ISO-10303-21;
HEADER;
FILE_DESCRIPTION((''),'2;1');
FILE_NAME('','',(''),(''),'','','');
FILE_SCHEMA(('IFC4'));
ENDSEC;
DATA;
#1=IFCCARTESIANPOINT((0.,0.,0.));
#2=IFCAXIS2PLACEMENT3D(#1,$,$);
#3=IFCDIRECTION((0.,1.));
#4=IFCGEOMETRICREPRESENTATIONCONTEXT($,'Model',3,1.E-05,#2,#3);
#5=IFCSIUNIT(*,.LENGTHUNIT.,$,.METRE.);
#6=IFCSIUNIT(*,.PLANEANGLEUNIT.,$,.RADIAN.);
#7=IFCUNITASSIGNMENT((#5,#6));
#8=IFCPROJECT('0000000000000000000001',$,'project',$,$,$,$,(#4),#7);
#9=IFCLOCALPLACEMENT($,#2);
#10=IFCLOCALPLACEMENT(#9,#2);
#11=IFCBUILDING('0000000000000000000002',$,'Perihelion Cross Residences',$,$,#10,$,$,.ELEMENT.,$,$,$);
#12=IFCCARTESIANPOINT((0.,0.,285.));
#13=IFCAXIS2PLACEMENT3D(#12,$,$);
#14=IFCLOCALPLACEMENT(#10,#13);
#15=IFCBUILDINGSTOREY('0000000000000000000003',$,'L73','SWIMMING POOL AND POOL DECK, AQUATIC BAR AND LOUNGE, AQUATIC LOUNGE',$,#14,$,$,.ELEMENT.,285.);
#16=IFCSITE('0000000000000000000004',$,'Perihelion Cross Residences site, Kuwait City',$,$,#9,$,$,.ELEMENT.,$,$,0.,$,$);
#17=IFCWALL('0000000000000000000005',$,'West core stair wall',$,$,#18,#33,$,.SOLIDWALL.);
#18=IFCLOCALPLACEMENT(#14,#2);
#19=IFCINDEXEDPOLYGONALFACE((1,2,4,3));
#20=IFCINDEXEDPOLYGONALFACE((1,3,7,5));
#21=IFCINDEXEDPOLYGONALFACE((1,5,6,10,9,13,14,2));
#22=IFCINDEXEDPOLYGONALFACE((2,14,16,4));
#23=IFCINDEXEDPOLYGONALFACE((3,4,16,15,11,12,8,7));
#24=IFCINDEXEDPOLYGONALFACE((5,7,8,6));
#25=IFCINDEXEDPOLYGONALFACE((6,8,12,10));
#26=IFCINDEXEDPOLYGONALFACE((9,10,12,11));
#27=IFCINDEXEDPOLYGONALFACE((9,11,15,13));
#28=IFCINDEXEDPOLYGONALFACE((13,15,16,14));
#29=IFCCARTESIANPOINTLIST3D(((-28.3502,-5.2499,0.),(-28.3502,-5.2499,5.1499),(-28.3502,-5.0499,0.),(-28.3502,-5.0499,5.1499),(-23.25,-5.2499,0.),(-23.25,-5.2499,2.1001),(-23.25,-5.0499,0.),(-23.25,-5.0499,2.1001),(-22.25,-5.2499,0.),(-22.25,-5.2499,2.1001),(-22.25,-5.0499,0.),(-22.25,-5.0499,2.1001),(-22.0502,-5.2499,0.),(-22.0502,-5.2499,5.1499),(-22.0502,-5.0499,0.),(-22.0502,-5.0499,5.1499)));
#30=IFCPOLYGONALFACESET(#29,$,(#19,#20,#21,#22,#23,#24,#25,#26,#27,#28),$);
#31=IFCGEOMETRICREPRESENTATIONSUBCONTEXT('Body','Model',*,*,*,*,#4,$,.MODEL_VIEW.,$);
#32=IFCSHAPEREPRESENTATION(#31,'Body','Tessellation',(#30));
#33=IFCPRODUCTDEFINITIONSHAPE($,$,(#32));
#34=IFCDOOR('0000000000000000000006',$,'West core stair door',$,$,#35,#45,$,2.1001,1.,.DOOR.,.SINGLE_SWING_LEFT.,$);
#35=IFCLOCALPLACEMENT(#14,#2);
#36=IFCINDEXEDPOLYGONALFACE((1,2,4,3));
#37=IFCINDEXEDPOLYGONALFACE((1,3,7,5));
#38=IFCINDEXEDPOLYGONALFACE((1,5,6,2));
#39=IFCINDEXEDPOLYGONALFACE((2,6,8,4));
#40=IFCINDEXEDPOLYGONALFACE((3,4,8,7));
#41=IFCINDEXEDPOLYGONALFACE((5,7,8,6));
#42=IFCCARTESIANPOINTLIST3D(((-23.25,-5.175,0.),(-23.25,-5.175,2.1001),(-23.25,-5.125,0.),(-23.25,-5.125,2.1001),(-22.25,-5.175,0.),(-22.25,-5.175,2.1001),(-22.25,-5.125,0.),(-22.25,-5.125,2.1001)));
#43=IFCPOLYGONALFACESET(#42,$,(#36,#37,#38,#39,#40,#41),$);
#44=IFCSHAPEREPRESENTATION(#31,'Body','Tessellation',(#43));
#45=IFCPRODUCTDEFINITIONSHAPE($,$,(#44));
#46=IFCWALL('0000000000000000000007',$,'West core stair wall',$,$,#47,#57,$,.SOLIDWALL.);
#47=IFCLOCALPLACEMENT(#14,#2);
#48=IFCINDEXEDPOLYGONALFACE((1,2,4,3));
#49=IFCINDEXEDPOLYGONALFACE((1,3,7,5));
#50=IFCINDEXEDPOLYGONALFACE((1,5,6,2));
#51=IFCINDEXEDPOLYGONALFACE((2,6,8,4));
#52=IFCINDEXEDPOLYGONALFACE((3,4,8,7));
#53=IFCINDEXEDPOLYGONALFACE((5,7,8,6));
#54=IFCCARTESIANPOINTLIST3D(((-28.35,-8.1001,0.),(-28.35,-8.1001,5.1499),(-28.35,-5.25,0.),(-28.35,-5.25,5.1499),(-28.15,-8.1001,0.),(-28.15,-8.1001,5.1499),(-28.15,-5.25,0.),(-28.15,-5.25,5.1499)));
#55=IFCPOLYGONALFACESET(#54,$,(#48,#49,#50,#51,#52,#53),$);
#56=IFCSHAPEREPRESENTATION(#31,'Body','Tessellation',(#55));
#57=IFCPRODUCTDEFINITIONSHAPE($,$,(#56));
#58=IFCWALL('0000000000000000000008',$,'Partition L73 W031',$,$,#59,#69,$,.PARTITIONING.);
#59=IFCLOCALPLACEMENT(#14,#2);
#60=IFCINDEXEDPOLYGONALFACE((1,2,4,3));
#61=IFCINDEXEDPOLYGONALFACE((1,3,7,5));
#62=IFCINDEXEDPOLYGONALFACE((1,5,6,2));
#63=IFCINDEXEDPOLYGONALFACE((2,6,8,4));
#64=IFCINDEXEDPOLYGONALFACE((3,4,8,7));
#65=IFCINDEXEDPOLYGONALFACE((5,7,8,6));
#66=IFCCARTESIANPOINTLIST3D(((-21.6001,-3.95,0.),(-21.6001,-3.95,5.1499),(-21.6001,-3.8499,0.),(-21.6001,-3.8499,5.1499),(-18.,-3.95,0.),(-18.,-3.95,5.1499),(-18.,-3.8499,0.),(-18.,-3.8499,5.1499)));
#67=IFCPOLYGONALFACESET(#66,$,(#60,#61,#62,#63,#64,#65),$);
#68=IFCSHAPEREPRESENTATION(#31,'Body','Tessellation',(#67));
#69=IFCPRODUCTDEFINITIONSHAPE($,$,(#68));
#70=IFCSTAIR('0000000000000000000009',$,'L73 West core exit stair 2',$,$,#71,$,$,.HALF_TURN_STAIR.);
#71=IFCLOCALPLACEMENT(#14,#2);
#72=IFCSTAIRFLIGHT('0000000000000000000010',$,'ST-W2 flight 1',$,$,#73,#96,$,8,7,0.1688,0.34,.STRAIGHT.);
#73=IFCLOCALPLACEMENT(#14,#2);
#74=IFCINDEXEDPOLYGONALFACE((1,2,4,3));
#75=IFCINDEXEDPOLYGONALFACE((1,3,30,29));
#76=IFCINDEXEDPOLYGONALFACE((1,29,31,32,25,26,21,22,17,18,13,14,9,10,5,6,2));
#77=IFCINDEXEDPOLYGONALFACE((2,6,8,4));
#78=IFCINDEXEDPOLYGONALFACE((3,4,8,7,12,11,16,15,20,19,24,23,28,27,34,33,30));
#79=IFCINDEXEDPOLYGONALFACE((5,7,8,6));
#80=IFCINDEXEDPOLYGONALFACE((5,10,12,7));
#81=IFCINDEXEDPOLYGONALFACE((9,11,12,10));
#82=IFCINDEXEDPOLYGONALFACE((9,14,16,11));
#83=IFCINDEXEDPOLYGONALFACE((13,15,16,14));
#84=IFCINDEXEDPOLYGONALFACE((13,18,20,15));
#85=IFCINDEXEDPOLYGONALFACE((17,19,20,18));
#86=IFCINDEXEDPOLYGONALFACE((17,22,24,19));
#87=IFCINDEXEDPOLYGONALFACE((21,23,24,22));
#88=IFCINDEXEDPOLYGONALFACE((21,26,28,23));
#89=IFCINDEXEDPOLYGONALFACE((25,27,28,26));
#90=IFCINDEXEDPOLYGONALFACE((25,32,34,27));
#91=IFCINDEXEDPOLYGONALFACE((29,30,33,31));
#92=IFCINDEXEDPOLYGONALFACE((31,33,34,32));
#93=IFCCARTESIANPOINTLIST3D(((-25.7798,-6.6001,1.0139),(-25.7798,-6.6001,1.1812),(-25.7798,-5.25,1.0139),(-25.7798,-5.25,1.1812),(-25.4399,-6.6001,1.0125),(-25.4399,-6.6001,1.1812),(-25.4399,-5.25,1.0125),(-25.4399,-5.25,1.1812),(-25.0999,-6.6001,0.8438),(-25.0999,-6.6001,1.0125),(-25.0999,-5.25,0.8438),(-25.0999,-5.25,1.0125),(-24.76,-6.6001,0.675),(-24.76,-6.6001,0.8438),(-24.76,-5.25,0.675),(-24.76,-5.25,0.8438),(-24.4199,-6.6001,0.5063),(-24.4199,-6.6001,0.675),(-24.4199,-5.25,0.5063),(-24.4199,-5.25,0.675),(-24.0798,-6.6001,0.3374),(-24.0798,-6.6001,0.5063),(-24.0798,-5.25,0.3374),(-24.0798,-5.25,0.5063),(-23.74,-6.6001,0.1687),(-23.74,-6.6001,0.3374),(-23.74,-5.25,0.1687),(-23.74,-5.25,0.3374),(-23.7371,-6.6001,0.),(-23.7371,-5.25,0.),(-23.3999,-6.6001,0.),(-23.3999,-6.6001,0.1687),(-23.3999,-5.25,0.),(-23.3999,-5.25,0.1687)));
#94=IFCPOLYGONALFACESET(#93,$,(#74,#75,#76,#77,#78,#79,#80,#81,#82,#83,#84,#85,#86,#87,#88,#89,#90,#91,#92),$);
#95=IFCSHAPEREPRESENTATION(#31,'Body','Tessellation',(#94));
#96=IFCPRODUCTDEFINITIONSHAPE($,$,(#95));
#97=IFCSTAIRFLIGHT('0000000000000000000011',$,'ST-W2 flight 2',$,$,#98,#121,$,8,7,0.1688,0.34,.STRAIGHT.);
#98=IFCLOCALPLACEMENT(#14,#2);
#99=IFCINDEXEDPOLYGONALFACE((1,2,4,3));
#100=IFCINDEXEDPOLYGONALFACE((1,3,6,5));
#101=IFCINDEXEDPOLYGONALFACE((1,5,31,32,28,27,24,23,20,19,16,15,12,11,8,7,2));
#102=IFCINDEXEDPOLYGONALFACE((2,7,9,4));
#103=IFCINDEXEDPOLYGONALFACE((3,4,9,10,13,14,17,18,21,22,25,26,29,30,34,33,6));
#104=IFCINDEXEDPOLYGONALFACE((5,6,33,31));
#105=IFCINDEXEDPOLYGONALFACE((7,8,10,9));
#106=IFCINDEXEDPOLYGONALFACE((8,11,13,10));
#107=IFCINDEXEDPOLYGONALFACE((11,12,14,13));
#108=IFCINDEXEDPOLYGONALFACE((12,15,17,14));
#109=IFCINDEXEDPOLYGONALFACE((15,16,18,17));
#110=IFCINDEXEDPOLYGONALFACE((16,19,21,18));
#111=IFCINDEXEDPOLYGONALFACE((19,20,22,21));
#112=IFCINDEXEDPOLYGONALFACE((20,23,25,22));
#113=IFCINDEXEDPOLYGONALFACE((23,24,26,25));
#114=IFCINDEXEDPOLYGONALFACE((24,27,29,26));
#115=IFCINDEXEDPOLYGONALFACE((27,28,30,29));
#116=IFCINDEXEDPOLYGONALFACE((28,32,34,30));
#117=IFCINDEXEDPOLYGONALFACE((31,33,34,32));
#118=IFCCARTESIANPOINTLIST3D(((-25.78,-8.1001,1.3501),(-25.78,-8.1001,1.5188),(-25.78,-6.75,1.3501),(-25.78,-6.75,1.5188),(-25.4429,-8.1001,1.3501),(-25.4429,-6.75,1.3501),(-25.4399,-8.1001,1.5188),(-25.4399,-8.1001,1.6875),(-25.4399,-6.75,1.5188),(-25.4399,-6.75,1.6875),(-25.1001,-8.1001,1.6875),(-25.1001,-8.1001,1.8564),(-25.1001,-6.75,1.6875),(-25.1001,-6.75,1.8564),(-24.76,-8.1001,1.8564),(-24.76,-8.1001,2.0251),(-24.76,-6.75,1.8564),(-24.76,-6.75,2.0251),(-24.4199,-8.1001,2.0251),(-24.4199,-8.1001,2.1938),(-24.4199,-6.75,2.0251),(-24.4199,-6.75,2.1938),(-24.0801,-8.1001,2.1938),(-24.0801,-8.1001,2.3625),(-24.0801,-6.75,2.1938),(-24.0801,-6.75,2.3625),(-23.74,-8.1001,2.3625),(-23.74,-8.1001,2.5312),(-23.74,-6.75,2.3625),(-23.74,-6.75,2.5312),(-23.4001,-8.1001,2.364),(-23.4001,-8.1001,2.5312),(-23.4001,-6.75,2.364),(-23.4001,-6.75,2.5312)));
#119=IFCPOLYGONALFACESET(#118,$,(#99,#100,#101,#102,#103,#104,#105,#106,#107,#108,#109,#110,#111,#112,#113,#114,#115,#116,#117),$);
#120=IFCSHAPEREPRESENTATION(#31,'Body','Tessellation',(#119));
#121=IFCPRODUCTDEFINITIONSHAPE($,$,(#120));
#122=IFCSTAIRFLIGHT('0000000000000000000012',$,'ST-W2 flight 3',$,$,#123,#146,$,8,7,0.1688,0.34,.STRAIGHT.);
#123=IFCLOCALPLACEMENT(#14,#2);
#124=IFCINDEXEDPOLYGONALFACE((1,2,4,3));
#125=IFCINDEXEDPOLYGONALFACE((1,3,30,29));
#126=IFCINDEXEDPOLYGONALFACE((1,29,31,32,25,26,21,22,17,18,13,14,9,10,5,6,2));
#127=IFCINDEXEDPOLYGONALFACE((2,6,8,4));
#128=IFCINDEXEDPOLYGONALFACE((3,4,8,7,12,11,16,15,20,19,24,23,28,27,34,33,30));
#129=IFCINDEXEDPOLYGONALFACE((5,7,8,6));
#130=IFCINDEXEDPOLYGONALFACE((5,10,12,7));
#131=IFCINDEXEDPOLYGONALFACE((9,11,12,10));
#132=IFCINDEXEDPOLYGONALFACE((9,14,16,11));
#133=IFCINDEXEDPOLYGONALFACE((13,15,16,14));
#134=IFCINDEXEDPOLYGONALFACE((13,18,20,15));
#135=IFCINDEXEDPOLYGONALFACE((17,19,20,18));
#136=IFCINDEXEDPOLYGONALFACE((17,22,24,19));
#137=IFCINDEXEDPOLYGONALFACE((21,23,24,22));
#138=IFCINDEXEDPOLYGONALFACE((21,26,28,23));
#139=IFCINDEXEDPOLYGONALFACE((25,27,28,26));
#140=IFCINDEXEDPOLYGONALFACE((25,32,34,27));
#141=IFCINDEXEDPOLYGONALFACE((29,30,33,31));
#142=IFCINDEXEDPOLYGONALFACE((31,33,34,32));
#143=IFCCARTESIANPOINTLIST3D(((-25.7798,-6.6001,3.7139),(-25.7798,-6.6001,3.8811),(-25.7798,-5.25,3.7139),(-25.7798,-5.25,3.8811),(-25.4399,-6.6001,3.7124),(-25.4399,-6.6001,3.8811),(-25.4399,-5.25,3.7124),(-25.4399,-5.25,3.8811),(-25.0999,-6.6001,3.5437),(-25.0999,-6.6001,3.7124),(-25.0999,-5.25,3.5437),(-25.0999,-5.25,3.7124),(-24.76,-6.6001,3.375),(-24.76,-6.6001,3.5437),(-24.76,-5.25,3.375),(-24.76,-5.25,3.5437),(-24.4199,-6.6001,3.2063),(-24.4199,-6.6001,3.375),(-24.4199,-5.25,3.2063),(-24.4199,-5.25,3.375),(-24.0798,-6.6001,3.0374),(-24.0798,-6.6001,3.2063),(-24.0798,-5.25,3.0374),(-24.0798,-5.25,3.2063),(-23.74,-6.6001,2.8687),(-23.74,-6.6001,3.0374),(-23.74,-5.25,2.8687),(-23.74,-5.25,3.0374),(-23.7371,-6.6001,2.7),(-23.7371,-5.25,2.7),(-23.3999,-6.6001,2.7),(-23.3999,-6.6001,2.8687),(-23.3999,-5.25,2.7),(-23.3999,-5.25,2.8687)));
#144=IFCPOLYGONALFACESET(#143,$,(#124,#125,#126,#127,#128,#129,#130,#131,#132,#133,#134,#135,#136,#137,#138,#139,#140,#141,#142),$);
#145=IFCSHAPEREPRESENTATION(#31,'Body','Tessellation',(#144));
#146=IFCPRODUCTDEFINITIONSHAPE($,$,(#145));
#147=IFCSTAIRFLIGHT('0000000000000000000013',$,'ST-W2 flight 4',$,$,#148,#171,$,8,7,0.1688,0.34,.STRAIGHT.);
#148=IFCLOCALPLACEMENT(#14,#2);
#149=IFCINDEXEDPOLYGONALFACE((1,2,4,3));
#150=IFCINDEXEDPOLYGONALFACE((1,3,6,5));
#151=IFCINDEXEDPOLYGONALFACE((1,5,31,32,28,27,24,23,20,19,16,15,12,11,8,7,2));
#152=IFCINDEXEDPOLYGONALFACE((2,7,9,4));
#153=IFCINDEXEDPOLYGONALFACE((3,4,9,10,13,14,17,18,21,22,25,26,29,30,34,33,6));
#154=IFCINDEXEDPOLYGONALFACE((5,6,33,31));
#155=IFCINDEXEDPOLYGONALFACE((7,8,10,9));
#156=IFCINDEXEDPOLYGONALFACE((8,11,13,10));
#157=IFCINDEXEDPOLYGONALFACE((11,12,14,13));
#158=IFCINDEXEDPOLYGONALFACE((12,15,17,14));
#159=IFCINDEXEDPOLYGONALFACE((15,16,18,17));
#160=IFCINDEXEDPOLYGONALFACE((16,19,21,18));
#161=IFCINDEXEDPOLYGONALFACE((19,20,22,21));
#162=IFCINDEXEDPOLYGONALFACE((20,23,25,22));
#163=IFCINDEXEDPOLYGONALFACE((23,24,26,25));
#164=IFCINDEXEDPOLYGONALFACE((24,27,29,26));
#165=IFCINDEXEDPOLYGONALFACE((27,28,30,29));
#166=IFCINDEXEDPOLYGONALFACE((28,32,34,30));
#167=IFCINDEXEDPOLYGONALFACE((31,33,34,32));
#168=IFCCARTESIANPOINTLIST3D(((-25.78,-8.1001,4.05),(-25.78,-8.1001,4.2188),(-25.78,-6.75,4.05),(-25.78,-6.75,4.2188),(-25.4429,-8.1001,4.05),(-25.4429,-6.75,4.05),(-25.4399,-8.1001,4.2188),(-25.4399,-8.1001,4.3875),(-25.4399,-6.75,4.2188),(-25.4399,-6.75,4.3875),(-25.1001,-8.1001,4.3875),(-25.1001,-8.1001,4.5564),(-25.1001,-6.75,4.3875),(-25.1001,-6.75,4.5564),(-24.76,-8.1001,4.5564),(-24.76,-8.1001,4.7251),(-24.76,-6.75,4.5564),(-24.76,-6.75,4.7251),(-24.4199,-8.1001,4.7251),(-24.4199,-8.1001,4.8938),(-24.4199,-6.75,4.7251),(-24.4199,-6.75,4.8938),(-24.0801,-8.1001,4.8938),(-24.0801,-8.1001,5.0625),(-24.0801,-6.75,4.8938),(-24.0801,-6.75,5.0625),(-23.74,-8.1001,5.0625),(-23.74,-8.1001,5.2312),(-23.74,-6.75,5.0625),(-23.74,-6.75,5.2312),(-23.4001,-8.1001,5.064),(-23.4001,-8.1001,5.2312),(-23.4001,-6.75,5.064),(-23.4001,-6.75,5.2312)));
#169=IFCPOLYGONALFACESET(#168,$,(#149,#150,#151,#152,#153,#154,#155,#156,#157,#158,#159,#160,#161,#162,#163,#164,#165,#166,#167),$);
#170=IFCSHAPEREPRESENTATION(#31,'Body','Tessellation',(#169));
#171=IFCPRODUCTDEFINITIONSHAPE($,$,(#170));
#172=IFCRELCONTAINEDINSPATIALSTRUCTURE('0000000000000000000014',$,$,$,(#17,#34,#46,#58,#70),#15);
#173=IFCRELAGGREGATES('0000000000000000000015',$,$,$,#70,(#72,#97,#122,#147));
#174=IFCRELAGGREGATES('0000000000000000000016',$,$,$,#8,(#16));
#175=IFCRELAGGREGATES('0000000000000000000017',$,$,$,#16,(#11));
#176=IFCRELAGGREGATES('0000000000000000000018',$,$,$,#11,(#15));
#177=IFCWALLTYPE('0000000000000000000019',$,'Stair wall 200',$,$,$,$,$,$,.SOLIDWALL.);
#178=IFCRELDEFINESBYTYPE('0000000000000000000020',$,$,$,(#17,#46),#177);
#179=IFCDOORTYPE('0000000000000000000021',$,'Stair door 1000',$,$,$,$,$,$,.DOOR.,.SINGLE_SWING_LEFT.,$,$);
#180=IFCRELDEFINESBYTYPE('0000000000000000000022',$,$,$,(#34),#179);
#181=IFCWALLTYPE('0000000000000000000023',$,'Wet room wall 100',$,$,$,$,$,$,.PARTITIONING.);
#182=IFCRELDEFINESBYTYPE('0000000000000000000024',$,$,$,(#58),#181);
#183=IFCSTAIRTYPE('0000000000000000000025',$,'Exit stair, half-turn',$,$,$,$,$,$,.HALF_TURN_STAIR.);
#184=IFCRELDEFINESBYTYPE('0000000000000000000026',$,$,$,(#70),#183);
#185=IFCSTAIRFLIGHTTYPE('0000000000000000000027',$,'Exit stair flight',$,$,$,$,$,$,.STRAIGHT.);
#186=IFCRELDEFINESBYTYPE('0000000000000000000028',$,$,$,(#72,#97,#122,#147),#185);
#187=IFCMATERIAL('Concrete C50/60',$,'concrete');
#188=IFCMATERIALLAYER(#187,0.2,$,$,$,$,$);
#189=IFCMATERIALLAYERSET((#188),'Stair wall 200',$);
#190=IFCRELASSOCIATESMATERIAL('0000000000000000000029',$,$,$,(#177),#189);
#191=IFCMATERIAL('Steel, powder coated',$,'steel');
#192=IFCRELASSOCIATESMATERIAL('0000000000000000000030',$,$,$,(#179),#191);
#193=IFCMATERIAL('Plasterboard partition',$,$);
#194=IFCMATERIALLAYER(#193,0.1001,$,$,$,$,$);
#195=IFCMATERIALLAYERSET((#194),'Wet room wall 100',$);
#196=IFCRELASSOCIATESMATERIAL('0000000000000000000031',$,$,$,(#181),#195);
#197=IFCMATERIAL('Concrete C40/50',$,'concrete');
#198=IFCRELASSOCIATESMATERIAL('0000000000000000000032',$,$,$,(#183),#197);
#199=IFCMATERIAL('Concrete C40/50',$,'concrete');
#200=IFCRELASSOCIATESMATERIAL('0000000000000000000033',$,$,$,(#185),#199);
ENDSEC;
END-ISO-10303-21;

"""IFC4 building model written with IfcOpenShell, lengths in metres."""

from ifc_helpers import new_model, si_unit, direction, frame, frame_2d, origin, place, context, subcontext, project, spatial, polyline, rectangle, outline, extrude, material, layer, layer_set, type_object, element, fill, aggregate, save


model = new_model("IFC4")

# Units and contexts
model_context = context("Model", 3, precision=1e-05, world=origin(), true_north=direction((0.0, 1.0)))
body_context = subcontext(model_context, "Body", "Model", "MODEL_VIEW")
ifc_project = project(units=[si_unit("LENGTHUNIT", "METRE"), si_unit("PLANEANGLEUNIT", "RADIAN")], contexts=[model_context])

# Site, building, storey
site_placement = place(None, origin())
site = spatial("IfcSite", under=ifc_project, at=site_placement, Name="Perihelion Cross Residences site, Kuwait City", CompositionType="ELEMENT", RefElevation=0.0)
building_placement = place(site_placement, origin())
building = spatial("IfcBuilding", under=site, at=building_placement, Name="Perihelion Cross Residences", CompositionType="ELEMENT")
storey_placement = place(building_placement, frame((0.0, 0.0, 285.0)))
storey = spatial("IfcBuildingStorey", under=building, at=storey_placement, Name="L73", Description="SWIMMING POOL AND POOL DECK, AQUATIC BAR AND LOUNGE, AQUATIC LOUNGE", CompositionType="ELEMENT", Elevation=285.0)

# Wall, opening, door
ifc_material_1 = material(Name="Concrete C50/60", Category="concrete")
ifc_layer_1 = layer(ifc_material_1, 0.2)
ifc_layer_set_1 = layer_set([ifc_layer_1], Name="Stair wall 200")
wall_type_1 = type_object("IfcWallType", Name="Stair wall 200", PredefinedType="SOLIDWALL", material=ifc_layer_set_1)
wall_1_placement = place(storey_placement, frame((-28.3501, -5.1499, 0.0), z_axis=(0.0, 0.0, 1.0), x_axis=(1.0, 0.0, 0.0)))
wall_1 = element("IfcWall", 1, at=wall_1_placement, inside=storey, type_object=wall_type_1, Name="West core stair wall", PredefinedType="SOLIDWALL", context=body_context, shape_type="SweptSolid", body=[
    extrude(rectangle(XDim=6.3, YDim=0.2, at=frame_2d((3.1499, 0.0))), origin(), (0.0, 0.0, 1.0), 5.1499),
])
opening_1_placement = place(wall_1_placement, frame((5.1001, 0.0, 0.0)))
opening_1 = element("IfcOpeningElement", 2, at=opening_1_placement, cuts=wall_1, PredefinedType="OPENING", context=body_context, shape_type="SweptSolid", body=[
    extrude(rectangle(XDim=1.0, YDim=2.1001, at=frame_2d((0.5, 1.05))), frame((0.0, 0.1099, 0.0), z_axis=(0.0, -1.0, 0.0), x_axis=(1.0, 0.0, 0.0)), (0.0, 0.0, 1.0), 0.22),
])
ifc_material_2 = material(Name="Steel, powder coated", Category="steel")
door_type_1 = type_object("IfcDoorType", Name="Stair door 1000", OperationType="SINGLE_SWING_LEFT", PredefinedType="DOOR", material=ifc_material_2)
door_1_placement = place(opening_1_placement, origin())
door_1 = element("IfcDoor", 3, at=door_1_placement, inside=storey, type_object=door_type_1, Name="West core stair door", OperationType="SINGLE_SWING_LEFT", OverallHeight=2.1001, OverallWidth=1.0, PredefinedType="DOOR", context=body_context, shape_type="SweptSolid", body=[
    extrude(rectangle(XDim=1.0, YDim=2.1001, at=frame_2d((0.5, 1.05))), frame((0.0, 0.0249, 0.0), z_axis=(0.0, -1.0, 0.0), x_axis=(1.0, 0.0, 0.0)), (0.0, 0.0, 1.0), 0.05),
])
fill(opening_1, door_1)

# Walls
wall_2_placement = place(storey_placement, frame((-28.25, -8.1001, 0.0), z_axis=(0.0, 0.0, 1.0), x_axis=(0.0, 1.0, 0.0)))
element("IfcWall", 4, at=wall_2_placement, inside=storey, type_object=wall_type_1, Name="West core stair wall", PredefinedType="SOLIDWALL", context=body_context, shape_type="SweptSolid", body=[
    extrude(rectangle(XDim=2.8501, YDim=0.2, at=frame_2d((1.425, 0.0))), origin(), (0.0, 0.0, 1.0), 5.1499),
])
ifc_material_3 = material(Name="Plasterboard partition")
ifc_layer_2 = layer(ifc_material_3, 0.1001)
ifc_layer_set_2 = layer_set([ifc_layer_2], Name="Wet room wall 100")
wall_type_2 = type_object("IfcWallType", Name="Wet room wall 100", PredefinedType="PARTITIONING", material=ifc_layer_set_2)
wall_3_placement = place(storey_placement, frame((-21.6001, -3.8999, 0.0), z_axis=(0.0, 0.0, 1.0), x_axis=(1.0, 0.0, 0.0)))
element("IfcWall", 5, at=wall_3_placement, inside=storey, type_object=wall_type_2, Name="Partition L73 W031", PredefinedType="PARTITIONING", context=body_context, shape_type="SweptSolid", body=[
    extrude(rectangle(XDim=3.6001, YDim=0.1001, at=frame_2d((1.8, 0.0))), origin(), (0.0, 0.0, 1.0), 5.1499),
])

# Stair, stair flights
ifc_material_4 = material(Name="Concrete C40/50", Category="concrete")
stair_type = type_object("IfcStairType", Name="Exit stair, half-turn", PredefinedType="HALF_TURN_STAIR", material=ifc_material_4)
stair_placement = place(storey_placement, origin())
stair = element("IfcStair", 6, at=stair_placement, inside=storey, type_object=stair_type, Name="L73 West core exit stair 2", PredefinedType="HALF_TURN_STAIR")
ifc_material_5 = material(Name="Concrete C40/50", Category="concrete")
stair_flight_type = type_object("IfcStairFlightType", Name="Exit stair flight", PredefinedType="STRAIGHT", material=ifc_material_5)
stair_flight_1_placement = place(storey_placement, frame((-23.3999, -5.925, 0.0), z_axis=(0.0, 0.0, 1.0), x_axis=(-1.0, 0.0, 0.0)))
stair_flight_1 = element("IfcStairFlight", 7, at=stair_flight_1_placement, type_object=stair_flight_type, Name="ST-W2 flight 1", NumberOfRisers=8, NumberOfTreads=7, PredefinedType="STRAIGHT", RiserHeight=0.1688, TreadLength=0.34, context=body_context, shape_type="SweptSolid", body=[
    extrude(outline(polyline([(0.0, 0.0), (0.0, 0.1687), (0.3401, 0.1687), (0.3401, 0.3374), (0.6799, 0.3374), (0.6799, 0.5063), (1.02, 0.5063), (1.02, 0.675), (1.3601, 0.675), (1.3601, 0.8438), (1.7, 0.8438), (1.7, 1.0125), (2.04, 1.0125), (2.04, 1.1812), (2.3799, 1.1812), (2.3799, 1.3501), (2.3799, 1.0139), (0.3372, 0.0), (0.0, 0.0)])), frame((0.0, 0.675, 0.0), z_axis=(0.0, -1.0, 0.0), x_axis=(1.0, 0.0, 0.0)), (0.0, 0.0, 1.0), 1.3501),
])
stair_flight_2_placement = place(storey_placement, frame((-25.78, -7.425, 1.3501), z_axis=(0.0, 0.0, 1.0), x_axis=(1.0, 0.0, 0.0)))
stair_flight_2 = element("IfcStairFlight", 8, at=stair_flight_2_placement, type_object=stair_flight_type, Name="ST-W2 flight 2", NumberOfRisers=8, NumberOfTreads=7, PredefinedType="STRAIGHT", RiserHeight=0.1688, TreadLength=0.34, context=body_context, shape_type="SweptSolid", body=[
    extrude(outline(polyline([(0.0, 0.0), (0.0, 0.1687), (0.3401, 0.1687), (0.3401, 0.3374), (0.6799, 0.3374), (0.6799, 0.5063), (1.02, 0.5063), (1.02, 0.675), (1.3601, 0.675), (1.3601, 0.8438), (1.7, 0.8438), (1.7, 1.0125), (2.04, 1.0125), (2.04, 1.1812), (2.3799, 1.1812), (2.3799, 1.3501), (2.3799, 1.0139), (0.3372, 0.0), (0.0, 0.0)])), frame((0.0, 0.675, 0.0), z_axis=(0.0, -1.0, 0.0), x_axis=(1.0, 0.0, 0.0)), (0.0, 0.0, 1.0), 1.3501),
])
stair_flight_3_placement = place(storey_placement, frame((-23.3999, -5.925, 2.7), z_axis=(0.0, 0.0, 1.0), x_axis=(-1.0, 0.0, 0.0)))
stair_flight_3 = element("IfcStairFlight", 9, at=stair_flight_3_placement, type_object=stair_flight_type, Name="ST-W2 flight 3", NumberOfRisers=8, NumberOfTreads=7, PredefinedType="STRAIGHT", RiserHeight=0.1688, TreadLength=0.34, context=body_context, shape_type="SweptSolid", body=[
    extrude(outline(polyline([(0.0, 0.0), (0.0, 0.1687), (0.3401, 0.1687), (0.3401, 0.3374), (0.6799, 0.3374), (0.6799, 0.5063), (1.02, 0.5063), (1.02, 0.675), (1.3601, 0.675), (1.3601, 0.8438), (1.7, 0.8438), (1.7, 1.0125), (2.04, 1.0125), (2.04, 1.1812), (2.3799, 1.1812), (2.3799, 1.3501), (2.3799, 1.0139), (0.3372, 0.0), (0.0, 0.0)])), frame((0.0, 0.675, 0.0), z_axis=(0.0, -1.0, 0.0), x_axis=(1.0, 0.0, 0.0)), (0.0, 0.0, 1.0), 1.3501),
])
stair_flight_4_placement = place(storey_placement, frame((-25.78, -7.425, 4.05), z_axis=(0.0, 0.0, 1.0), x_axis=(1.0, 0.0, 0.0)))
stair_flight_4 = element("IfcStairFlight", 10, at=stair_flight_4_placement, type_object=stair_flight_type, Name="ST-W2 flight 4", NumberOfRisers=8, NumberOfTreads=7, PredefinedType="STRAIGHT", RiserHeight=0.1688, TreadLength=0.34, context=body_context, shape_type="SweptSolid", body=[
    extrude(outline(polyline([(0.0, 0.0), (0.0, 0.1687), (0.3401, 0.1687), (0.3401, 0.3374), (0.6799, 0.3374), (0.6799, 0.5063), (1.02, 0.5063), (1.02, 0.675), (1.3601, 0.675), (1.3601, 0.8438), (1.7, 0.8438), (1.7, 1.0125), (2.04, 1.0125), (2.04, 1.1812), (2.3799, 1.1812), (2.3799, 1.3501), (2.3799, 1.0139), (0.3372, 0.0), (0.0, 0.0)])), frame((0.0, 0.675, 0.0), z_axis=(0.0, -1.0, 0.0), x_axis=(1.0, 0.0, 0.0)), (0.0, 0.0, 1.0), 1.3501),
])
aggregate(stair, [stair_flight_1, stair_flight_2, stair_flight_3, stair_flight_4])

save(model, "model.ifc")
